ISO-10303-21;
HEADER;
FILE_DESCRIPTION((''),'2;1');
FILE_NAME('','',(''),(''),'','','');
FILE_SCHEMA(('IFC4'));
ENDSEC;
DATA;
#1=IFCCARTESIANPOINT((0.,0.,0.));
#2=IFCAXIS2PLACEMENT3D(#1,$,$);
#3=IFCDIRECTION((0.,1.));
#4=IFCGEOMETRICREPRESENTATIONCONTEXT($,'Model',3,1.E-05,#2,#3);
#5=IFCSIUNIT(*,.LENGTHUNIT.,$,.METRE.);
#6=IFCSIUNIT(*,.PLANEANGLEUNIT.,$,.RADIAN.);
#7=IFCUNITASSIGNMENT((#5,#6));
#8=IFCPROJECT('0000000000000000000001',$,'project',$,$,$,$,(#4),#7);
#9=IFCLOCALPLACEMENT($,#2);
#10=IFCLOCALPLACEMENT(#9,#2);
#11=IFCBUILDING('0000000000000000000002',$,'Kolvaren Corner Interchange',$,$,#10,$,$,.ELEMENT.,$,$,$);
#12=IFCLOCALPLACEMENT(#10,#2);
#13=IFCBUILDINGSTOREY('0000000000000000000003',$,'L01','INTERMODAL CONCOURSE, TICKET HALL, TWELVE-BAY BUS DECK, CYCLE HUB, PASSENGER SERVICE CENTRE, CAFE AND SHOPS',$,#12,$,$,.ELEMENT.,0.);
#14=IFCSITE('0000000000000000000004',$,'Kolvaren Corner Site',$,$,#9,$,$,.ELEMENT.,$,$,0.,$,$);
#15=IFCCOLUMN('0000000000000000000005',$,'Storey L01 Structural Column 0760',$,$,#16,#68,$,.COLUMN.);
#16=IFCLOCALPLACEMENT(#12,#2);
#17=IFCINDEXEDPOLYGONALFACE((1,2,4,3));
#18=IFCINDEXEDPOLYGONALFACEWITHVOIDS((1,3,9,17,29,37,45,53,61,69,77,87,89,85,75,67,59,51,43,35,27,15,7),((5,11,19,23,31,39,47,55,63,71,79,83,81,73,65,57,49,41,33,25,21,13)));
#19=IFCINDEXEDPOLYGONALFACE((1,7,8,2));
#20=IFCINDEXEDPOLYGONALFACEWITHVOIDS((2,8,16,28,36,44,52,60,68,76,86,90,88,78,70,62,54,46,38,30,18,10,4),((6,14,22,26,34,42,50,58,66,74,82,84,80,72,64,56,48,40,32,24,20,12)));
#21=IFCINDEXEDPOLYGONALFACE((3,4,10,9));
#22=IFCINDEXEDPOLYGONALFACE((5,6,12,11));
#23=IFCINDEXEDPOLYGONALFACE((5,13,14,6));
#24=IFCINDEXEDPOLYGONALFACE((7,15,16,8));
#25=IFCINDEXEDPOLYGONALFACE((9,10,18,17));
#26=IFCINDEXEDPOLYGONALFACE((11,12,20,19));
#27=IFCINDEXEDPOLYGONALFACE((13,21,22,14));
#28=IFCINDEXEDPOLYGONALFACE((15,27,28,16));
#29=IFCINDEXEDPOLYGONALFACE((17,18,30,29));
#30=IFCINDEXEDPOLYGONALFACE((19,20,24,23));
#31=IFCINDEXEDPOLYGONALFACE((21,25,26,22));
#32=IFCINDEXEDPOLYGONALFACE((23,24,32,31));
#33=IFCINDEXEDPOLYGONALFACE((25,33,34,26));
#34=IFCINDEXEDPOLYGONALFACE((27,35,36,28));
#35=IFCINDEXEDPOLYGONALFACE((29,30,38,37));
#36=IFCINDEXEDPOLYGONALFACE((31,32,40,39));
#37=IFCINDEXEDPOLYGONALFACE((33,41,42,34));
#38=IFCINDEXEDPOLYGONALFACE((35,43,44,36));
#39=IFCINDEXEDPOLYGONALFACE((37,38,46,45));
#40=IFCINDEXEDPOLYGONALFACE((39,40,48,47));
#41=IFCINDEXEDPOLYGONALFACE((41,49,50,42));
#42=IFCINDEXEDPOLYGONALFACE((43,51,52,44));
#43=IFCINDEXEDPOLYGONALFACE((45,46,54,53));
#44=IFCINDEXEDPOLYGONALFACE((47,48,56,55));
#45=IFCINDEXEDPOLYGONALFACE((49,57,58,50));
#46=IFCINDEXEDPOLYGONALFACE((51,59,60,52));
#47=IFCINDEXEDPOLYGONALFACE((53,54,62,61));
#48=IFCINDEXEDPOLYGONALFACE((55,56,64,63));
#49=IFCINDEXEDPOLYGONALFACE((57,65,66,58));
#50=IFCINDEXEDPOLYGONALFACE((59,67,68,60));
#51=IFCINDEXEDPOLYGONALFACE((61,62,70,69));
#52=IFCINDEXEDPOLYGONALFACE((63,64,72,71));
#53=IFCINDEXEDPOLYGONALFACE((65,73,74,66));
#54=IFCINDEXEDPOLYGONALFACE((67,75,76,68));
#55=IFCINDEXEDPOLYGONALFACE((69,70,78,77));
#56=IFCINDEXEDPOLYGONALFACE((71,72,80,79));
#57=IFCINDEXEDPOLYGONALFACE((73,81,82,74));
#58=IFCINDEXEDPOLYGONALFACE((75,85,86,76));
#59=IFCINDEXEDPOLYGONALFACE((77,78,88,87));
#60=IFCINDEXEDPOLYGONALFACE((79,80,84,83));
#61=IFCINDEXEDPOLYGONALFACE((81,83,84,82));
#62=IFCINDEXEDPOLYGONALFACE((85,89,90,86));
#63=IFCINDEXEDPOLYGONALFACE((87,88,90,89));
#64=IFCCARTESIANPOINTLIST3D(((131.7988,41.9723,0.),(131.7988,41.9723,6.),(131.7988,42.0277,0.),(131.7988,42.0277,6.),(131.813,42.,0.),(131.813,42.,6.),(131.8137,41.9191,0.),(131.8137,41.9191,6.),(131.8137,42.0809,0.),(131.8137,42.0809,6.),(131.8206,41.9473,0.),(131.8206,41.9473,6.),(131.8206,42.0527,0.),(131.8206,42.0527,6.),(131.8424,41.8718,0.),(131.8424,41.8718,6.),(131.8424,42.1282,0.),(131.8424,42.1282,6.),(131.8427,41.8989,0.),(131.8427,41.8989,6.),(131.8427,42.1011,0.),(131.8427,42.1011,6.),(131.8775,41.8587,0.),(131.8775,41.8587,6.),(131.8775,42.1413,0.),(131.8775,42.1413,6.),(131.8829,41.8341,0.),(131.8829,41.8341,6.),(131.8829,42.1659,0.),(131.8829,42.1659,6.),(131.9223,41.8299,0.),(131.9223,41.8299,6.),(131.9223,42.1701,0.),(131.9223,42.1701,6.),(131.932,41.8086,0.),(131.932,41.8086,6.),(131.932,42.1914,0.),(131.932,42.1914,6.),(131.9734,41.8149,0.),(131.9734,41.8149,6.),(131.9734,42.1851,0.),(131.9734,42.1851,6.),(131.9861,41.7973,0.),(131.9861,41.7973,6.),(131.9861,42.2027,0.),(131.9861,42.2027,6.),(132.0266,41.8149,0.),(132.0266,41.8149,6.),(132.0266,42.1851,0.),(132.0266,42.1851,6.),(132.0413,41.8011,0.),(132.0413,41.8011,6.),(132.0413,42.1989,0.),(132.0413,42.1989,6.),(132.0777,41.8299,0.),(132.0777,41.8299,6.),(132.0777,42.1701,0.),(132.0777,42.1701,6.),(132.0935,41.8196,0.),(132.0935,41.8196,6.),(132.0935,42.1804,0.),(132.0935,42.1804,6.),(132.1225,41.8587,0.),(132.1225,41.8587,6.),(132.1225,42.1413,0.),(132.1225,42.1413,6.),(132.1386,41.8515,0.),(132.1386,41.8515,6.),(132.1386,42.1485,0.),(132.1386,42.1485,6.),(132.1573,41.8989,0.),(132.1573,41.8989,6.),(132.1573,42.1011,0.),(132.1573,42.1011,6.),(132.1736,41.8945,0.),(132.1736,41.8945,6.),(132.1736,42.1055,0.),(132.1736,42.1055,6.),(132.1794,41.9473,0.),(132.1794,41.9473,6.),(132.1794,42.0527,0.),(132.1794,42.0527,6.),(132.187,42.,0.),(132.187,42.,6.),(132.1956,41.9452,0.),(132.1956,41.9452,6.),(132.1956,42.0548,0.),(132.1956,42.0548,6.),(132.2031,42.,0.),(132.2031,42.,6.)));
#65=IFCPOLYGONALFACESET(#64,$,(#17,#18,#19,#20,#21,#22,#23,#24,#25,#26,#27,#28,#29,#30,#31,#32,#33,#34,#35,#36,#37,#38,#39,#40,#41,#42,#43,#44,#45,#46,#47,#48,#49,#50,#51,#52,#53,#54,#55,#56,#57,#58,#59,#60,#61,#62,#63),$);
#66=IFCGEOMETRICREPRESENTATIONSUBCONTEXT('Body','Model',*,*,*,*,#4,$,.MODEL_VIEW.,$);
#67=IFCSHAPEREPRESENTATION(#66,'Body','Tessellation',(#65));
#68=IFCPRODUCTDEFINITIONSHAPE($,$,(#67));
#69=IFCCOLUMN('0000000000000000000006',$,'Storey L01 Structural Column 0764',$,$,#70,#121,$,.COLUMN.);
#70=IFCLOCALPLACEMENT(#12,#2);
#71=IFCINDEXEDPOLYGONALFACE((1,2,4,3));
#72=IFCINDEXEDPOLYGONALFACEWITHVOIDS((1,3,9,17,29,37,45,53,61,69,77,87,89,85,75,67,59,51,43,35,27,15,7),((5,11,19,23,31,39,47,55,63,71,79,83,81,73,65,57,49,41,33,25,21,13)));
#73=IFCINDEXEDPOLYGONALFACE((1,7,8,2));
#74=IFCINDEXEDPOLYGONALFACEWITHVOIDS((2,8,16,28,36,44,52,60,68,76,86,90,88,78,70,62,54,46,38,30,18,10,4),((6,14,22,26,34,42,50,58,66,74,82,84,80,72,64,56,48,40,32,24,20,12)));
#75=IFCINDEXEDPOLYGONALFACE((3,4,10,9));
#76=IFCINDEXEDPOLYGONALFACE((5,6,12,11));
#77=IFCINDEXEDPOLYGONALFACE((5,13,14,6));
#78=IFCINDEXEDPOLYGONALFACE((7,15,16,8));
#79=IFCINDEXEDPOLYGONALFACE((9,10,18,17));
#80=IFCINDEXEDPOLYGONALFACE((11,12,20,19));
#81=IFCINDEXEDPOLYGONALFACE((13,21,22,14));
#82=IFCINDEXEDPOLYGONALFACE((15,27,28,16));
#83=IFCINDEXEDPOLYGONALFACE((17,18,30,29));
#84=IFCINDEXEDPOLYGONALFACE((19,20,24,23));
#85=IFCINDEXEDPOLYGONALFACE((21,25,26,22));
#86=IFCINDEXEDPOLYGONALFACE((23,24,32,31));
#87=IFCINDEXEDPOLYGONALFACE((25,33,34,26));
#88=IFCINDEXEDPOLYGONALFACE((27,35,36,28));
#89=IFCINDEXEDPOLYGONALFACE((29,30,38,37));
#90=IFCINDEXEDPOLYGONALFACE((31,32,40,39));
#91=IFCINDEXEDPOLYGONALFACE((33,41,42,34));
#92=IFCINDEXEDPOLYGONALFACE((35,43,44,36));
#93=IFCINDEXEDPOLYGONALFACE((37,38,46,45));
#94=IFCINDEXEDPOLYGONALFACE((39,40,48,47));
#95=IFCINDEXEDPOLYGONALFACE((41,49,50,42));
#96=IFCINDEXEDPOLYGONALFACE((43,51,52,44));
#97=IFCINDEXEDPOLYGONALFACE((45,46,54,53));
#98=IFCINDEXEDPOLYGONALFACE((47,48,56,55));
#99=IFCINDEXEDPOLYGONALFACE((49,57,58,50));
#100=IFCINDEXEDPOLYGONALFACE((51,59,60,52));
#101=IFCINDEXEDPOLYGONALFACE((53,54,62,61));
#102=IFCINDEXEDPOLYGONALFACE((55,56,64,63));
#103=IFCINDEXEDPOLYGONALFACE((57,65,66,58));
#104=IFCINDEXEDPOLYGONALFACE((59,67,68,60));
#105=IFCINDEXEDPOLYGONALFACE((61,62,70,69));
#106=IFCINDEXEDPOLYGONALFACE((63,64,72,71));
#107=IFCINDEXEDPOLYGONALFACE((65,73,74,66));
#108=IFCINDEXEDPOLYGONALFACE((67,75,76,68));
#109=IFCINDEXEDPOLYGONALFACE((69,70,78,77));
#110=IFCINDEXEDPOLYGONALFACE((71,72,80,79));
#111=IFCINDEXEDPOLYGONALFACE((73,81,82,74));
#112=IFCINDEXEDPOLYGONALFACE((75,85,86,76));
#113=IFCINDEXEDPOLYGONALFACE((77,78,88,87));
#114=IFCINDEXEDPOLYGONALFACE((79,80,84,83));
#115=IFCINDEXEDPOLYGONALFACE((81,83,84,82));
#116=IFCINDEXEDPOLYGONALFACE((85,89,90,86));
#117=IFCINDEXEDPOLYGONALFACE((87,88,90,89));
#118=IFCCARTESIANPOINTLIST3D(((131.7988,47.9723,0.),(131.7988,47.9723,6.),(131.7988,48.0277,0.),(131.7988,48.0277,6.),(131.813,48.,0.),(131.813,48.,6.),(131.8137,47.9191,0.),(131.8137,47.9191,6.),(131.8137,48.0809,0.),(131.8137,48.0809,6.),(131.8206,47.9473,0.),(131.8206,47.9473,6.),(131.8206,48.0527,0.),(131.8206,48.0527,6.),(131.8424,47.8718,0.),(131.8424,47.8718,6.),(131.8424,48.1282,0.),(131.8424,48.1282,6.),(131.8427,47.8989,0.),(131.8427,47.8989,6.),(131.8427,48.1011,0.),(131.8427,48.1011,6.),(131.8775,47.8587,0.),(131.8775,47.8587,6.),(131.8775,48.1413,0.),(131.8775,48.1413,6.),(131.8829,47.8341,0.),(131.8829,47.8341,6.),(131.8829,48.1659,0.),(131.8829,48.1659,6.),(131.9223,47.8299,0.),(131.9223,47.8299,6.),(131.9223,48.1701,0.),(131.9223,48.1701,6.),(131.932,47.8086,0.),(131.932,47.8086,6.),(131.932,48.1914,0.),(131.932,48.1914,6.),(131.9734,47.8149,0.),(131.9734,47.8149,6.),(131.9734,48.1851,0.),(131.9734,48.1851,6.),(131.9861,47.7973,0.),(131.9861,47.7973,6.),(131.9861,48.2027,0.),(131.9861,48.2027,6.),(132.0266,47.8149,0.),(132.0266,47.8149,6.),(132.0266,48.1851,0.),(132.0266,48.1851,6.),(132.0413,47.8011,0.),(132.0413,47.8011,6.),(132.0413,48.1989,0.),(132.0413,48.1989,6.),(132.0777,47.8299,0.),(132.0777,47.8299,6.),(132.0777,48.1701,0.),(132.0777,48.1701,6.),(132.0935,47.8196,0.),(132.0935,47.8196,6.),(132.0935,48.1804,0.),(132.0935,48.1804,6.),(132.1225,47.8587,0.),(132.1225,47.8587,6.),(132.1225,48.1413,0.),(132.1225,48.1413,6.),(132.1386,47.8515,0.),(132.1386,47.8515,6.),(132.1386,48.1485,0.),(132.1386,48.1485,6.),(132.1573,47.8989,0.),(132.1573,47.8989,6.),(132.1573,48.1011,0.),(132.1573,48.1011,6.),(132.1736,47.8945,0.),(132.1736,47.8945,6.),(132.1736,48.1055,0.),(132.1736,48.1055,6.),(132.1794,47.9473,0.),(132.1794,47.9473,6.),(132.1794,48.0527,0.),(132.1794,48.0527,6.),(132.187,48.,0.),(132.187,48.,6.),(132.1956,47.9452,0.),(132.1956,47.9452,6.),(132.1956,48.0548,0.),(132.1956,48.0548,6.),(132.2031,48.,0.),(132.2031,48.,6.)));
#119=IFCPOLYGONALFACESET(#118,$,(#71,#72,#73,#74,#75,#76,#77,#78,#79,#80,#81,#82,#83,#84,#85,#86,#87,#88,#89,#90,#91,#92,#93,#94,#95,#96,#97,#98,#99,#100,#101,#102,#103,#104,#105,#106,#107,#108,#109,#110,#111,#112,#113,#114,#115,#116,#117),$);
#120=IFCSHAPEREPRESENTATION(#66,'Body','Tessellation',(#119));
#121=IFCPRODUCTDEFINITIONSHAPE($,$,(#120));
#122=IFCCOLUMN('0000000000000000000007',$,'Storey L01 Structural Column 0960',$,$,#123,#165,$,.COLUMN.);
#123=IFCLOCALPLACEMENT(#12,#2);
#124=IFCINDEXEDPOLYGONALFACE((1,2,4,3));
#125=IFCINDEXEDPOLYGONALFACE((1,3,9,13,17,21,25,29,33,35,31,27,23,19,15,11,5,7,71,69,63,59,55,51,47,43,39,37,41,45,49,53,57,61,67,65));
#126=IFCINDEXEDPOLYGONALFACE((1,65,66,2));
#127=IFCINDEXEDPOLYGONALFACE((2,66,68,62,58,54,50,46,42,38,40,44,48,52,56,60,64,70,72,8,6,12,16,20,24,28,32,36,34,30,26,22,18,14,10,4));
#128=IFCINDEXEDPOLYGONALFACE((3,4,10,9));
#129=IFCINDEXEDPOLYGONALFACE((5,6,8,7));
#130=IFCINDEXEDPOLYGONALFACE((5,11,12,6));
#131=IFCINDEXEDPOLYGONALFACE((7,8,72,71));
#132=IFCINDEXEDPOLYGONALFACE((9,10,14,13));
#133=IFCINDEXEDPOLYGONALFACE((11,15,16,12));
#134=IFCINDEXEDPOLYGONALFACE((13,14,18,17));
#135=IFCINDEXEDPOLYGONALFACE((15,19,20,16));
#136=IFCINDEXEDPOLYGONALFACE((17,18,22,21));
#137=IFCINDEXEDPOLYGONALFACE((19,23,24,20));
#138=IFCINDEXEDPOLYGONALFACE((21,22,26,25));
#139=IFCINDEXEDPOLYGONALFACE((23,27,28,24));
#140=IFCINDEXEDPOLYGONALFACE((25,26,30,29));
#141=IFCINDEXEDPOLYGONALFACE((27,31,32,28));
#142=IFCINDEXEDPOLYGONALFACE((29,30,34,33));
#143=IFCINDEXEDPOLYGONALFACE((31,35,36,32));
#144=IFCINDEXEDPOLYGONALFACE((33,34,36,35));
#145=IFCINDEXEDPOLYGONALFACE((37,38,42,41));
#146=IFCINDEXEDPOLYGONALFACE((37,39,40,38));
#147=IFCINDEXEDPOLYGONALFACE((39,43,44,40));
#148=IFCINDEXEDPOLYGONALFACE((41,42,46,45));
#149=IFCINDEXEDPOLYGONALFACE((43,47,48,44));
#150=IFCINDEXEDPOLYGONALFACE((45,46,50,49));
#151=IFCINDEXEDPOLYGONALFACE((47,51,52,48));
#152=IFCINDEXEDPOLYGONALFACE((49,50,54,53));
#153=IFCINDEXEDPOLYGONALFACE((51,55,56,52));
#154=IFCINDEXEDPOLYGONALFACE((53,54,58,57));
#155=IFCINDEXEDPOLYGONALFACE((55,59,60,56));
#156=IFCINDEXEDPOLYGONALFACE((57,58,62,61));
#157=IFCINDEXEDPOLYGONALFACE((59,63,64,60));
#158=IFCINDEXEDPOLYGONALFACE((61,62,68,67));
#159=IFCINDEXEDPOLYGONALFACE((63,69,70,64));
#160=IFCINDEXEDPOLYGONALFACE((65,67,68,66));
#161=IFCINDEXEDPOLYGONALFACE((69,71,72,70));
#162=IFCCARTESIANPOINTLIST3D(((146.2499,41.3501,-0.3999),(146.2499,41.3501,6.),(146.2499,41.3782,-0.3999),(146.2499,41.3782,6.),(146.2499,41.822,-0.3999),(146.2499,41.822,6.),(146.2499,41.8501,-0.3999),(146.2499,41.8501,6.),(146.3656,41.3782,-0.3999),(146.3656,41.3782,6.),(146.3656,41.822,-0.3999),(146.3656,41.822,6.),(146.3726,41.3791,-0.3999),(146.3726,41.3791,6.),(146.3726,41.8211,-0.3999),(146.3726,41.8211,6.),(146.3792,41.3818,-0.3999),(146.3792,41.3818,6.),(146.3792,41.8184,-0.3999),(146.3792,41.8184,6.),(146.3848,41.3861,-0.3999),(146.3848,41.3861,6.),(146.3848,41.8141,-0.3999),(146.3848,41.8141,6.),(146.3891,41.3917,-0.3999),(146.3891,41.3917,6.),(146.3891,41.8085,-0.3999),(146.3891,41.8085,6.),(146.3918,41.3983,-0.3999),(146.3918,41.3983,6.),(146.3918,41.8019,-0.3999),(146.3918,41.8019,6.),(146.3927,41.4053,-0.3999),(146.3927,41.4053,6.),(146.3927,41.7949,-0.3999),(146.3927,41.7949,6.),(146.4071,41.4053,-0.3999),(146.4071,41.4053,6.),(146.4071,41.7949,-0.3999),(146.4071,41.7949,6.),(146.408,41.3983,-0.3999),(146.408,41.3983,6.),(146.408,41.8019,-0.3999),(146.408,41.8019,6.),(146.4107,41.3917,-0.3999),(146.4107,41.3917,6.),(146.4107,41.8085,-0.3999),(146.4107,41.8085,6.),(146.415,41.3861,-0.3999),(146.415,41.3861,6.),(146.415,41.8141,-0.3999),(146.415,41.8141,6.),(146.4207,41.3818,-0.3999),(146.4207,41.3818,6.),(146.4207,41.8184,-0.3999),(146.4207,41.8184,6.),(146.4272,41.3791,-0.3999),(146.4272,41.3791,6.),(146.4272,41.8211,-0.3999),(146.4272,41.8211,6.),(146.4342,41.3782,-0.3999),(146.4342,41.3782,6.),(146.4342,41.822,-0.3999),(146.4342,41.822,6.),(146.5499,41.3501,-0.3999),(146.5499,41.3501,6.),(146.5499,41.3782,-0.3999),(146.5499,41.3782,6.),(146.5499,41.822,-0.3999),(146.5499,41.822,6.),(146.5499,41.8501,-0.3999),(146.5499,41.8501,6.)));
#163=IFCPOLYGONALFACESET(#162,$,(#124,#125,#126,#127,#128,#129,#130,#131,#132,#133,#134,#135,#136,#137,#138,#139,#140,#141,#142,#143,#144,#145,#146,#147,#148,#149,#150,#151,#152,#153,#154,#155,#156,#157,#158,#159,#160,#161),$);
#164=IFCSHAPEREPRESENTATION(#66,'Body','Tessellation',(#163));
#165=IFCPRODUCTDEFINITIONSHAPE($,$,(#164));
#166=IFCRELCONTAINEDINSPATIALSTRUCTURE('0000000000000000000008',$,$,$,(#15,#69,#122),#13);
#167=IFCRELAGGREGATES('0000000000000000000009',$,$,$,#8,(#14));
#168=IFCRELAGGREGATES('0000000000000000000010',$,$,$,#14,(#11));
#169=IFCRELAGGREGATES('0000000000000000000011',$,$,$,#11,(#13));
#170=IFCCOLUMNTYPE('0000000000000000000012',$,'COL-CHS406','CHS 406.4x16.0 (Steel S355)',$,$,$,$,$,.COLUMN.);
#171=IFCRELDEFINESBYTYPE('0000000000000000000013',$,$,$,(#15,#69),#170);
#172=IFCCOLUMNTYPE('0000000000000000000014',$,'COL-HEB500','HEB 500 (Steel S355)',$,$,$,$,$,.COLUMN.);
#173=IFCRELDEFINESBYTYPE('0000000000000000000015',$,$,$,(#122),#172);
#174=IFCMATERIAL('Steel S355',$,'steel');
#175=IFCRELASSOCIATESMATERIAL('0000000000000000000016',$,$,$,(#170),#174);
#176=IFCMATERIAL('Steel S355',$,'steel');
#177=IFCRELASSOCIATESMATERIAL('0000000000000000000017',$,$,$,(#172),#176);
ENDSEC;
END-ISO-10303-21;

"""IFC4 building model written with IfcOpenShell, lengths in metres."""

from ifc_helpers import new_model, si_unit, direction, frame, origin, origin_2d, place, context, subcontext, project, spatial, hollow_circle, i_section, extrude, material, material_profile, profile_set, type_object, element, save


model = new_model("IFC4")

# Units and contexts
model_context = context("Model", 3, precision=1e-05, world=origin(), true_north=direction((0.0, 1.0)))
body_context = subcontext(model_context, "Body", "Model", "MODEL_VIEW")
ifc_project = project(units=[si_unit("LENGTHUNIT", "METRE"), si_unit("PLANEANGLEUNIT", "RADIAN")], contexts=[model_context])

# Site, building, storey
site_placement = place(None, origin())
site = spatial("IfcSite", under=ifc_project, at=site_placement, Name="Kolvaren Corner Site", CompositionType="ELEMENT", RefElevation=0.0)
building_placement = place(site_placement, origin())
building = spatial("IfcBuilding", under=site, at=building_placement, Name="Kolvaren Corner Interchange", CompositionType="ELEMENT")
storey_placement = place(building_placement, origin())
storey = spatial("IfcBuildingStorey", under=building, at=storey_placement, Name="L01", Description="INTERMODAL CONCOURSE, TICKET HALL, TWELVE-BAY BUS DECK, CYCLE HUB, PASSENGER SERVICE CENTRE, CAFE AND SHOPS", CompositionType="ELEMENT", Elevation=0.0)

# Columns
ifc_material_1 = material(Name="Steel S355", Category="steel")
ifc_material_profile_1 = material_profile(ifc_material_1, hollow_circle(Radius=0.2031, WallThickness=0.0161, at=origin_2d()), Name="CHS 406.4x16.0")
ifc_profile_set_1 = profile_set([ifc_material_profile_1], Name="Steel S355")
column_type_1 = type_object("IfcColumnType", Name="COL-CHS406", Description="CHS 406.4x16.0 (Steel S355)", PredefinedType="COLUMN", material=ifc_profile_set_1)
for number, where, z_axis, x_axis, name in (
    (1, (132.0, 42.0, 0.0), (0.0, 0.0, 1.0), (1.0, 0.0, 0.0), "Storey L01 Structural Column 0760"),
    (2, (132.0, 48.0, 0.0), (0.0, 0.0, 1.0), (1.0, 0.0, 0.0), "Storey L01 Structural Column 0764"),
):
    element("IfcColumn", number, at=place(storey_placement, frame(where, z_axis=z_axis, x_axis=x_axis)), inside=storey, type_object=column_type_1, Name=name, PredefinedType="COLUMN", context=body_context, shape_type="SweptSolid", body=[
        extrude(hollow_circle(Radius=0.2031, WallThickness=0.0161, at=origin_2d()), origin(), (0.0, 0.0, 1.0), 6.0),
    ])
ifc_material_2 = material(Name="Steel S355", Category="steel")
ifc_material_profile_2 = material_profile(ifc_material_2, i_section(OverallWidth=0.3, OverallDepth=0.5, WebThickness=0.0144, FlangeThickness=0.0281, FilletRadius=0.0271, at=origin_2d()), Name="HEB 500")
ifc_profile_set_2 = profile_set([ifc_material_profile_2], Name="Steel S355")
column_type_2 = type_object("IfcColumnType", Name="COL-HEB500", Description="HEB 500 (Steel S355)", PredefinedType="COLUMN", material=ifc_profile_set_2)
column_1_placement = place(storey_placement, frame((146.3999, 41.6001, -0.3999), z_axis=(0.0, 0.0, 1.0), x_axis=(1.0, 0.0, 0.0)))
element("IfcColumn", 3, at=column_1_placement, inside=storey, type_object=column_type_2, Name="Storey L01 Structural Column 0960", PredefinedType="COLUMN", context=body_context, shape_type="SweptSolid", body=[
    extrude(i_section(OverallWidth=0.3, OverallDepth=0.5, WebThickness=0.0144, FlangeThickness=0.0281, FilletRadius=0.0271, at=origin_2d()), origin(), (0.0, 0.0, 1.0), 6.3999),
])

save(model, "model.ifc")
